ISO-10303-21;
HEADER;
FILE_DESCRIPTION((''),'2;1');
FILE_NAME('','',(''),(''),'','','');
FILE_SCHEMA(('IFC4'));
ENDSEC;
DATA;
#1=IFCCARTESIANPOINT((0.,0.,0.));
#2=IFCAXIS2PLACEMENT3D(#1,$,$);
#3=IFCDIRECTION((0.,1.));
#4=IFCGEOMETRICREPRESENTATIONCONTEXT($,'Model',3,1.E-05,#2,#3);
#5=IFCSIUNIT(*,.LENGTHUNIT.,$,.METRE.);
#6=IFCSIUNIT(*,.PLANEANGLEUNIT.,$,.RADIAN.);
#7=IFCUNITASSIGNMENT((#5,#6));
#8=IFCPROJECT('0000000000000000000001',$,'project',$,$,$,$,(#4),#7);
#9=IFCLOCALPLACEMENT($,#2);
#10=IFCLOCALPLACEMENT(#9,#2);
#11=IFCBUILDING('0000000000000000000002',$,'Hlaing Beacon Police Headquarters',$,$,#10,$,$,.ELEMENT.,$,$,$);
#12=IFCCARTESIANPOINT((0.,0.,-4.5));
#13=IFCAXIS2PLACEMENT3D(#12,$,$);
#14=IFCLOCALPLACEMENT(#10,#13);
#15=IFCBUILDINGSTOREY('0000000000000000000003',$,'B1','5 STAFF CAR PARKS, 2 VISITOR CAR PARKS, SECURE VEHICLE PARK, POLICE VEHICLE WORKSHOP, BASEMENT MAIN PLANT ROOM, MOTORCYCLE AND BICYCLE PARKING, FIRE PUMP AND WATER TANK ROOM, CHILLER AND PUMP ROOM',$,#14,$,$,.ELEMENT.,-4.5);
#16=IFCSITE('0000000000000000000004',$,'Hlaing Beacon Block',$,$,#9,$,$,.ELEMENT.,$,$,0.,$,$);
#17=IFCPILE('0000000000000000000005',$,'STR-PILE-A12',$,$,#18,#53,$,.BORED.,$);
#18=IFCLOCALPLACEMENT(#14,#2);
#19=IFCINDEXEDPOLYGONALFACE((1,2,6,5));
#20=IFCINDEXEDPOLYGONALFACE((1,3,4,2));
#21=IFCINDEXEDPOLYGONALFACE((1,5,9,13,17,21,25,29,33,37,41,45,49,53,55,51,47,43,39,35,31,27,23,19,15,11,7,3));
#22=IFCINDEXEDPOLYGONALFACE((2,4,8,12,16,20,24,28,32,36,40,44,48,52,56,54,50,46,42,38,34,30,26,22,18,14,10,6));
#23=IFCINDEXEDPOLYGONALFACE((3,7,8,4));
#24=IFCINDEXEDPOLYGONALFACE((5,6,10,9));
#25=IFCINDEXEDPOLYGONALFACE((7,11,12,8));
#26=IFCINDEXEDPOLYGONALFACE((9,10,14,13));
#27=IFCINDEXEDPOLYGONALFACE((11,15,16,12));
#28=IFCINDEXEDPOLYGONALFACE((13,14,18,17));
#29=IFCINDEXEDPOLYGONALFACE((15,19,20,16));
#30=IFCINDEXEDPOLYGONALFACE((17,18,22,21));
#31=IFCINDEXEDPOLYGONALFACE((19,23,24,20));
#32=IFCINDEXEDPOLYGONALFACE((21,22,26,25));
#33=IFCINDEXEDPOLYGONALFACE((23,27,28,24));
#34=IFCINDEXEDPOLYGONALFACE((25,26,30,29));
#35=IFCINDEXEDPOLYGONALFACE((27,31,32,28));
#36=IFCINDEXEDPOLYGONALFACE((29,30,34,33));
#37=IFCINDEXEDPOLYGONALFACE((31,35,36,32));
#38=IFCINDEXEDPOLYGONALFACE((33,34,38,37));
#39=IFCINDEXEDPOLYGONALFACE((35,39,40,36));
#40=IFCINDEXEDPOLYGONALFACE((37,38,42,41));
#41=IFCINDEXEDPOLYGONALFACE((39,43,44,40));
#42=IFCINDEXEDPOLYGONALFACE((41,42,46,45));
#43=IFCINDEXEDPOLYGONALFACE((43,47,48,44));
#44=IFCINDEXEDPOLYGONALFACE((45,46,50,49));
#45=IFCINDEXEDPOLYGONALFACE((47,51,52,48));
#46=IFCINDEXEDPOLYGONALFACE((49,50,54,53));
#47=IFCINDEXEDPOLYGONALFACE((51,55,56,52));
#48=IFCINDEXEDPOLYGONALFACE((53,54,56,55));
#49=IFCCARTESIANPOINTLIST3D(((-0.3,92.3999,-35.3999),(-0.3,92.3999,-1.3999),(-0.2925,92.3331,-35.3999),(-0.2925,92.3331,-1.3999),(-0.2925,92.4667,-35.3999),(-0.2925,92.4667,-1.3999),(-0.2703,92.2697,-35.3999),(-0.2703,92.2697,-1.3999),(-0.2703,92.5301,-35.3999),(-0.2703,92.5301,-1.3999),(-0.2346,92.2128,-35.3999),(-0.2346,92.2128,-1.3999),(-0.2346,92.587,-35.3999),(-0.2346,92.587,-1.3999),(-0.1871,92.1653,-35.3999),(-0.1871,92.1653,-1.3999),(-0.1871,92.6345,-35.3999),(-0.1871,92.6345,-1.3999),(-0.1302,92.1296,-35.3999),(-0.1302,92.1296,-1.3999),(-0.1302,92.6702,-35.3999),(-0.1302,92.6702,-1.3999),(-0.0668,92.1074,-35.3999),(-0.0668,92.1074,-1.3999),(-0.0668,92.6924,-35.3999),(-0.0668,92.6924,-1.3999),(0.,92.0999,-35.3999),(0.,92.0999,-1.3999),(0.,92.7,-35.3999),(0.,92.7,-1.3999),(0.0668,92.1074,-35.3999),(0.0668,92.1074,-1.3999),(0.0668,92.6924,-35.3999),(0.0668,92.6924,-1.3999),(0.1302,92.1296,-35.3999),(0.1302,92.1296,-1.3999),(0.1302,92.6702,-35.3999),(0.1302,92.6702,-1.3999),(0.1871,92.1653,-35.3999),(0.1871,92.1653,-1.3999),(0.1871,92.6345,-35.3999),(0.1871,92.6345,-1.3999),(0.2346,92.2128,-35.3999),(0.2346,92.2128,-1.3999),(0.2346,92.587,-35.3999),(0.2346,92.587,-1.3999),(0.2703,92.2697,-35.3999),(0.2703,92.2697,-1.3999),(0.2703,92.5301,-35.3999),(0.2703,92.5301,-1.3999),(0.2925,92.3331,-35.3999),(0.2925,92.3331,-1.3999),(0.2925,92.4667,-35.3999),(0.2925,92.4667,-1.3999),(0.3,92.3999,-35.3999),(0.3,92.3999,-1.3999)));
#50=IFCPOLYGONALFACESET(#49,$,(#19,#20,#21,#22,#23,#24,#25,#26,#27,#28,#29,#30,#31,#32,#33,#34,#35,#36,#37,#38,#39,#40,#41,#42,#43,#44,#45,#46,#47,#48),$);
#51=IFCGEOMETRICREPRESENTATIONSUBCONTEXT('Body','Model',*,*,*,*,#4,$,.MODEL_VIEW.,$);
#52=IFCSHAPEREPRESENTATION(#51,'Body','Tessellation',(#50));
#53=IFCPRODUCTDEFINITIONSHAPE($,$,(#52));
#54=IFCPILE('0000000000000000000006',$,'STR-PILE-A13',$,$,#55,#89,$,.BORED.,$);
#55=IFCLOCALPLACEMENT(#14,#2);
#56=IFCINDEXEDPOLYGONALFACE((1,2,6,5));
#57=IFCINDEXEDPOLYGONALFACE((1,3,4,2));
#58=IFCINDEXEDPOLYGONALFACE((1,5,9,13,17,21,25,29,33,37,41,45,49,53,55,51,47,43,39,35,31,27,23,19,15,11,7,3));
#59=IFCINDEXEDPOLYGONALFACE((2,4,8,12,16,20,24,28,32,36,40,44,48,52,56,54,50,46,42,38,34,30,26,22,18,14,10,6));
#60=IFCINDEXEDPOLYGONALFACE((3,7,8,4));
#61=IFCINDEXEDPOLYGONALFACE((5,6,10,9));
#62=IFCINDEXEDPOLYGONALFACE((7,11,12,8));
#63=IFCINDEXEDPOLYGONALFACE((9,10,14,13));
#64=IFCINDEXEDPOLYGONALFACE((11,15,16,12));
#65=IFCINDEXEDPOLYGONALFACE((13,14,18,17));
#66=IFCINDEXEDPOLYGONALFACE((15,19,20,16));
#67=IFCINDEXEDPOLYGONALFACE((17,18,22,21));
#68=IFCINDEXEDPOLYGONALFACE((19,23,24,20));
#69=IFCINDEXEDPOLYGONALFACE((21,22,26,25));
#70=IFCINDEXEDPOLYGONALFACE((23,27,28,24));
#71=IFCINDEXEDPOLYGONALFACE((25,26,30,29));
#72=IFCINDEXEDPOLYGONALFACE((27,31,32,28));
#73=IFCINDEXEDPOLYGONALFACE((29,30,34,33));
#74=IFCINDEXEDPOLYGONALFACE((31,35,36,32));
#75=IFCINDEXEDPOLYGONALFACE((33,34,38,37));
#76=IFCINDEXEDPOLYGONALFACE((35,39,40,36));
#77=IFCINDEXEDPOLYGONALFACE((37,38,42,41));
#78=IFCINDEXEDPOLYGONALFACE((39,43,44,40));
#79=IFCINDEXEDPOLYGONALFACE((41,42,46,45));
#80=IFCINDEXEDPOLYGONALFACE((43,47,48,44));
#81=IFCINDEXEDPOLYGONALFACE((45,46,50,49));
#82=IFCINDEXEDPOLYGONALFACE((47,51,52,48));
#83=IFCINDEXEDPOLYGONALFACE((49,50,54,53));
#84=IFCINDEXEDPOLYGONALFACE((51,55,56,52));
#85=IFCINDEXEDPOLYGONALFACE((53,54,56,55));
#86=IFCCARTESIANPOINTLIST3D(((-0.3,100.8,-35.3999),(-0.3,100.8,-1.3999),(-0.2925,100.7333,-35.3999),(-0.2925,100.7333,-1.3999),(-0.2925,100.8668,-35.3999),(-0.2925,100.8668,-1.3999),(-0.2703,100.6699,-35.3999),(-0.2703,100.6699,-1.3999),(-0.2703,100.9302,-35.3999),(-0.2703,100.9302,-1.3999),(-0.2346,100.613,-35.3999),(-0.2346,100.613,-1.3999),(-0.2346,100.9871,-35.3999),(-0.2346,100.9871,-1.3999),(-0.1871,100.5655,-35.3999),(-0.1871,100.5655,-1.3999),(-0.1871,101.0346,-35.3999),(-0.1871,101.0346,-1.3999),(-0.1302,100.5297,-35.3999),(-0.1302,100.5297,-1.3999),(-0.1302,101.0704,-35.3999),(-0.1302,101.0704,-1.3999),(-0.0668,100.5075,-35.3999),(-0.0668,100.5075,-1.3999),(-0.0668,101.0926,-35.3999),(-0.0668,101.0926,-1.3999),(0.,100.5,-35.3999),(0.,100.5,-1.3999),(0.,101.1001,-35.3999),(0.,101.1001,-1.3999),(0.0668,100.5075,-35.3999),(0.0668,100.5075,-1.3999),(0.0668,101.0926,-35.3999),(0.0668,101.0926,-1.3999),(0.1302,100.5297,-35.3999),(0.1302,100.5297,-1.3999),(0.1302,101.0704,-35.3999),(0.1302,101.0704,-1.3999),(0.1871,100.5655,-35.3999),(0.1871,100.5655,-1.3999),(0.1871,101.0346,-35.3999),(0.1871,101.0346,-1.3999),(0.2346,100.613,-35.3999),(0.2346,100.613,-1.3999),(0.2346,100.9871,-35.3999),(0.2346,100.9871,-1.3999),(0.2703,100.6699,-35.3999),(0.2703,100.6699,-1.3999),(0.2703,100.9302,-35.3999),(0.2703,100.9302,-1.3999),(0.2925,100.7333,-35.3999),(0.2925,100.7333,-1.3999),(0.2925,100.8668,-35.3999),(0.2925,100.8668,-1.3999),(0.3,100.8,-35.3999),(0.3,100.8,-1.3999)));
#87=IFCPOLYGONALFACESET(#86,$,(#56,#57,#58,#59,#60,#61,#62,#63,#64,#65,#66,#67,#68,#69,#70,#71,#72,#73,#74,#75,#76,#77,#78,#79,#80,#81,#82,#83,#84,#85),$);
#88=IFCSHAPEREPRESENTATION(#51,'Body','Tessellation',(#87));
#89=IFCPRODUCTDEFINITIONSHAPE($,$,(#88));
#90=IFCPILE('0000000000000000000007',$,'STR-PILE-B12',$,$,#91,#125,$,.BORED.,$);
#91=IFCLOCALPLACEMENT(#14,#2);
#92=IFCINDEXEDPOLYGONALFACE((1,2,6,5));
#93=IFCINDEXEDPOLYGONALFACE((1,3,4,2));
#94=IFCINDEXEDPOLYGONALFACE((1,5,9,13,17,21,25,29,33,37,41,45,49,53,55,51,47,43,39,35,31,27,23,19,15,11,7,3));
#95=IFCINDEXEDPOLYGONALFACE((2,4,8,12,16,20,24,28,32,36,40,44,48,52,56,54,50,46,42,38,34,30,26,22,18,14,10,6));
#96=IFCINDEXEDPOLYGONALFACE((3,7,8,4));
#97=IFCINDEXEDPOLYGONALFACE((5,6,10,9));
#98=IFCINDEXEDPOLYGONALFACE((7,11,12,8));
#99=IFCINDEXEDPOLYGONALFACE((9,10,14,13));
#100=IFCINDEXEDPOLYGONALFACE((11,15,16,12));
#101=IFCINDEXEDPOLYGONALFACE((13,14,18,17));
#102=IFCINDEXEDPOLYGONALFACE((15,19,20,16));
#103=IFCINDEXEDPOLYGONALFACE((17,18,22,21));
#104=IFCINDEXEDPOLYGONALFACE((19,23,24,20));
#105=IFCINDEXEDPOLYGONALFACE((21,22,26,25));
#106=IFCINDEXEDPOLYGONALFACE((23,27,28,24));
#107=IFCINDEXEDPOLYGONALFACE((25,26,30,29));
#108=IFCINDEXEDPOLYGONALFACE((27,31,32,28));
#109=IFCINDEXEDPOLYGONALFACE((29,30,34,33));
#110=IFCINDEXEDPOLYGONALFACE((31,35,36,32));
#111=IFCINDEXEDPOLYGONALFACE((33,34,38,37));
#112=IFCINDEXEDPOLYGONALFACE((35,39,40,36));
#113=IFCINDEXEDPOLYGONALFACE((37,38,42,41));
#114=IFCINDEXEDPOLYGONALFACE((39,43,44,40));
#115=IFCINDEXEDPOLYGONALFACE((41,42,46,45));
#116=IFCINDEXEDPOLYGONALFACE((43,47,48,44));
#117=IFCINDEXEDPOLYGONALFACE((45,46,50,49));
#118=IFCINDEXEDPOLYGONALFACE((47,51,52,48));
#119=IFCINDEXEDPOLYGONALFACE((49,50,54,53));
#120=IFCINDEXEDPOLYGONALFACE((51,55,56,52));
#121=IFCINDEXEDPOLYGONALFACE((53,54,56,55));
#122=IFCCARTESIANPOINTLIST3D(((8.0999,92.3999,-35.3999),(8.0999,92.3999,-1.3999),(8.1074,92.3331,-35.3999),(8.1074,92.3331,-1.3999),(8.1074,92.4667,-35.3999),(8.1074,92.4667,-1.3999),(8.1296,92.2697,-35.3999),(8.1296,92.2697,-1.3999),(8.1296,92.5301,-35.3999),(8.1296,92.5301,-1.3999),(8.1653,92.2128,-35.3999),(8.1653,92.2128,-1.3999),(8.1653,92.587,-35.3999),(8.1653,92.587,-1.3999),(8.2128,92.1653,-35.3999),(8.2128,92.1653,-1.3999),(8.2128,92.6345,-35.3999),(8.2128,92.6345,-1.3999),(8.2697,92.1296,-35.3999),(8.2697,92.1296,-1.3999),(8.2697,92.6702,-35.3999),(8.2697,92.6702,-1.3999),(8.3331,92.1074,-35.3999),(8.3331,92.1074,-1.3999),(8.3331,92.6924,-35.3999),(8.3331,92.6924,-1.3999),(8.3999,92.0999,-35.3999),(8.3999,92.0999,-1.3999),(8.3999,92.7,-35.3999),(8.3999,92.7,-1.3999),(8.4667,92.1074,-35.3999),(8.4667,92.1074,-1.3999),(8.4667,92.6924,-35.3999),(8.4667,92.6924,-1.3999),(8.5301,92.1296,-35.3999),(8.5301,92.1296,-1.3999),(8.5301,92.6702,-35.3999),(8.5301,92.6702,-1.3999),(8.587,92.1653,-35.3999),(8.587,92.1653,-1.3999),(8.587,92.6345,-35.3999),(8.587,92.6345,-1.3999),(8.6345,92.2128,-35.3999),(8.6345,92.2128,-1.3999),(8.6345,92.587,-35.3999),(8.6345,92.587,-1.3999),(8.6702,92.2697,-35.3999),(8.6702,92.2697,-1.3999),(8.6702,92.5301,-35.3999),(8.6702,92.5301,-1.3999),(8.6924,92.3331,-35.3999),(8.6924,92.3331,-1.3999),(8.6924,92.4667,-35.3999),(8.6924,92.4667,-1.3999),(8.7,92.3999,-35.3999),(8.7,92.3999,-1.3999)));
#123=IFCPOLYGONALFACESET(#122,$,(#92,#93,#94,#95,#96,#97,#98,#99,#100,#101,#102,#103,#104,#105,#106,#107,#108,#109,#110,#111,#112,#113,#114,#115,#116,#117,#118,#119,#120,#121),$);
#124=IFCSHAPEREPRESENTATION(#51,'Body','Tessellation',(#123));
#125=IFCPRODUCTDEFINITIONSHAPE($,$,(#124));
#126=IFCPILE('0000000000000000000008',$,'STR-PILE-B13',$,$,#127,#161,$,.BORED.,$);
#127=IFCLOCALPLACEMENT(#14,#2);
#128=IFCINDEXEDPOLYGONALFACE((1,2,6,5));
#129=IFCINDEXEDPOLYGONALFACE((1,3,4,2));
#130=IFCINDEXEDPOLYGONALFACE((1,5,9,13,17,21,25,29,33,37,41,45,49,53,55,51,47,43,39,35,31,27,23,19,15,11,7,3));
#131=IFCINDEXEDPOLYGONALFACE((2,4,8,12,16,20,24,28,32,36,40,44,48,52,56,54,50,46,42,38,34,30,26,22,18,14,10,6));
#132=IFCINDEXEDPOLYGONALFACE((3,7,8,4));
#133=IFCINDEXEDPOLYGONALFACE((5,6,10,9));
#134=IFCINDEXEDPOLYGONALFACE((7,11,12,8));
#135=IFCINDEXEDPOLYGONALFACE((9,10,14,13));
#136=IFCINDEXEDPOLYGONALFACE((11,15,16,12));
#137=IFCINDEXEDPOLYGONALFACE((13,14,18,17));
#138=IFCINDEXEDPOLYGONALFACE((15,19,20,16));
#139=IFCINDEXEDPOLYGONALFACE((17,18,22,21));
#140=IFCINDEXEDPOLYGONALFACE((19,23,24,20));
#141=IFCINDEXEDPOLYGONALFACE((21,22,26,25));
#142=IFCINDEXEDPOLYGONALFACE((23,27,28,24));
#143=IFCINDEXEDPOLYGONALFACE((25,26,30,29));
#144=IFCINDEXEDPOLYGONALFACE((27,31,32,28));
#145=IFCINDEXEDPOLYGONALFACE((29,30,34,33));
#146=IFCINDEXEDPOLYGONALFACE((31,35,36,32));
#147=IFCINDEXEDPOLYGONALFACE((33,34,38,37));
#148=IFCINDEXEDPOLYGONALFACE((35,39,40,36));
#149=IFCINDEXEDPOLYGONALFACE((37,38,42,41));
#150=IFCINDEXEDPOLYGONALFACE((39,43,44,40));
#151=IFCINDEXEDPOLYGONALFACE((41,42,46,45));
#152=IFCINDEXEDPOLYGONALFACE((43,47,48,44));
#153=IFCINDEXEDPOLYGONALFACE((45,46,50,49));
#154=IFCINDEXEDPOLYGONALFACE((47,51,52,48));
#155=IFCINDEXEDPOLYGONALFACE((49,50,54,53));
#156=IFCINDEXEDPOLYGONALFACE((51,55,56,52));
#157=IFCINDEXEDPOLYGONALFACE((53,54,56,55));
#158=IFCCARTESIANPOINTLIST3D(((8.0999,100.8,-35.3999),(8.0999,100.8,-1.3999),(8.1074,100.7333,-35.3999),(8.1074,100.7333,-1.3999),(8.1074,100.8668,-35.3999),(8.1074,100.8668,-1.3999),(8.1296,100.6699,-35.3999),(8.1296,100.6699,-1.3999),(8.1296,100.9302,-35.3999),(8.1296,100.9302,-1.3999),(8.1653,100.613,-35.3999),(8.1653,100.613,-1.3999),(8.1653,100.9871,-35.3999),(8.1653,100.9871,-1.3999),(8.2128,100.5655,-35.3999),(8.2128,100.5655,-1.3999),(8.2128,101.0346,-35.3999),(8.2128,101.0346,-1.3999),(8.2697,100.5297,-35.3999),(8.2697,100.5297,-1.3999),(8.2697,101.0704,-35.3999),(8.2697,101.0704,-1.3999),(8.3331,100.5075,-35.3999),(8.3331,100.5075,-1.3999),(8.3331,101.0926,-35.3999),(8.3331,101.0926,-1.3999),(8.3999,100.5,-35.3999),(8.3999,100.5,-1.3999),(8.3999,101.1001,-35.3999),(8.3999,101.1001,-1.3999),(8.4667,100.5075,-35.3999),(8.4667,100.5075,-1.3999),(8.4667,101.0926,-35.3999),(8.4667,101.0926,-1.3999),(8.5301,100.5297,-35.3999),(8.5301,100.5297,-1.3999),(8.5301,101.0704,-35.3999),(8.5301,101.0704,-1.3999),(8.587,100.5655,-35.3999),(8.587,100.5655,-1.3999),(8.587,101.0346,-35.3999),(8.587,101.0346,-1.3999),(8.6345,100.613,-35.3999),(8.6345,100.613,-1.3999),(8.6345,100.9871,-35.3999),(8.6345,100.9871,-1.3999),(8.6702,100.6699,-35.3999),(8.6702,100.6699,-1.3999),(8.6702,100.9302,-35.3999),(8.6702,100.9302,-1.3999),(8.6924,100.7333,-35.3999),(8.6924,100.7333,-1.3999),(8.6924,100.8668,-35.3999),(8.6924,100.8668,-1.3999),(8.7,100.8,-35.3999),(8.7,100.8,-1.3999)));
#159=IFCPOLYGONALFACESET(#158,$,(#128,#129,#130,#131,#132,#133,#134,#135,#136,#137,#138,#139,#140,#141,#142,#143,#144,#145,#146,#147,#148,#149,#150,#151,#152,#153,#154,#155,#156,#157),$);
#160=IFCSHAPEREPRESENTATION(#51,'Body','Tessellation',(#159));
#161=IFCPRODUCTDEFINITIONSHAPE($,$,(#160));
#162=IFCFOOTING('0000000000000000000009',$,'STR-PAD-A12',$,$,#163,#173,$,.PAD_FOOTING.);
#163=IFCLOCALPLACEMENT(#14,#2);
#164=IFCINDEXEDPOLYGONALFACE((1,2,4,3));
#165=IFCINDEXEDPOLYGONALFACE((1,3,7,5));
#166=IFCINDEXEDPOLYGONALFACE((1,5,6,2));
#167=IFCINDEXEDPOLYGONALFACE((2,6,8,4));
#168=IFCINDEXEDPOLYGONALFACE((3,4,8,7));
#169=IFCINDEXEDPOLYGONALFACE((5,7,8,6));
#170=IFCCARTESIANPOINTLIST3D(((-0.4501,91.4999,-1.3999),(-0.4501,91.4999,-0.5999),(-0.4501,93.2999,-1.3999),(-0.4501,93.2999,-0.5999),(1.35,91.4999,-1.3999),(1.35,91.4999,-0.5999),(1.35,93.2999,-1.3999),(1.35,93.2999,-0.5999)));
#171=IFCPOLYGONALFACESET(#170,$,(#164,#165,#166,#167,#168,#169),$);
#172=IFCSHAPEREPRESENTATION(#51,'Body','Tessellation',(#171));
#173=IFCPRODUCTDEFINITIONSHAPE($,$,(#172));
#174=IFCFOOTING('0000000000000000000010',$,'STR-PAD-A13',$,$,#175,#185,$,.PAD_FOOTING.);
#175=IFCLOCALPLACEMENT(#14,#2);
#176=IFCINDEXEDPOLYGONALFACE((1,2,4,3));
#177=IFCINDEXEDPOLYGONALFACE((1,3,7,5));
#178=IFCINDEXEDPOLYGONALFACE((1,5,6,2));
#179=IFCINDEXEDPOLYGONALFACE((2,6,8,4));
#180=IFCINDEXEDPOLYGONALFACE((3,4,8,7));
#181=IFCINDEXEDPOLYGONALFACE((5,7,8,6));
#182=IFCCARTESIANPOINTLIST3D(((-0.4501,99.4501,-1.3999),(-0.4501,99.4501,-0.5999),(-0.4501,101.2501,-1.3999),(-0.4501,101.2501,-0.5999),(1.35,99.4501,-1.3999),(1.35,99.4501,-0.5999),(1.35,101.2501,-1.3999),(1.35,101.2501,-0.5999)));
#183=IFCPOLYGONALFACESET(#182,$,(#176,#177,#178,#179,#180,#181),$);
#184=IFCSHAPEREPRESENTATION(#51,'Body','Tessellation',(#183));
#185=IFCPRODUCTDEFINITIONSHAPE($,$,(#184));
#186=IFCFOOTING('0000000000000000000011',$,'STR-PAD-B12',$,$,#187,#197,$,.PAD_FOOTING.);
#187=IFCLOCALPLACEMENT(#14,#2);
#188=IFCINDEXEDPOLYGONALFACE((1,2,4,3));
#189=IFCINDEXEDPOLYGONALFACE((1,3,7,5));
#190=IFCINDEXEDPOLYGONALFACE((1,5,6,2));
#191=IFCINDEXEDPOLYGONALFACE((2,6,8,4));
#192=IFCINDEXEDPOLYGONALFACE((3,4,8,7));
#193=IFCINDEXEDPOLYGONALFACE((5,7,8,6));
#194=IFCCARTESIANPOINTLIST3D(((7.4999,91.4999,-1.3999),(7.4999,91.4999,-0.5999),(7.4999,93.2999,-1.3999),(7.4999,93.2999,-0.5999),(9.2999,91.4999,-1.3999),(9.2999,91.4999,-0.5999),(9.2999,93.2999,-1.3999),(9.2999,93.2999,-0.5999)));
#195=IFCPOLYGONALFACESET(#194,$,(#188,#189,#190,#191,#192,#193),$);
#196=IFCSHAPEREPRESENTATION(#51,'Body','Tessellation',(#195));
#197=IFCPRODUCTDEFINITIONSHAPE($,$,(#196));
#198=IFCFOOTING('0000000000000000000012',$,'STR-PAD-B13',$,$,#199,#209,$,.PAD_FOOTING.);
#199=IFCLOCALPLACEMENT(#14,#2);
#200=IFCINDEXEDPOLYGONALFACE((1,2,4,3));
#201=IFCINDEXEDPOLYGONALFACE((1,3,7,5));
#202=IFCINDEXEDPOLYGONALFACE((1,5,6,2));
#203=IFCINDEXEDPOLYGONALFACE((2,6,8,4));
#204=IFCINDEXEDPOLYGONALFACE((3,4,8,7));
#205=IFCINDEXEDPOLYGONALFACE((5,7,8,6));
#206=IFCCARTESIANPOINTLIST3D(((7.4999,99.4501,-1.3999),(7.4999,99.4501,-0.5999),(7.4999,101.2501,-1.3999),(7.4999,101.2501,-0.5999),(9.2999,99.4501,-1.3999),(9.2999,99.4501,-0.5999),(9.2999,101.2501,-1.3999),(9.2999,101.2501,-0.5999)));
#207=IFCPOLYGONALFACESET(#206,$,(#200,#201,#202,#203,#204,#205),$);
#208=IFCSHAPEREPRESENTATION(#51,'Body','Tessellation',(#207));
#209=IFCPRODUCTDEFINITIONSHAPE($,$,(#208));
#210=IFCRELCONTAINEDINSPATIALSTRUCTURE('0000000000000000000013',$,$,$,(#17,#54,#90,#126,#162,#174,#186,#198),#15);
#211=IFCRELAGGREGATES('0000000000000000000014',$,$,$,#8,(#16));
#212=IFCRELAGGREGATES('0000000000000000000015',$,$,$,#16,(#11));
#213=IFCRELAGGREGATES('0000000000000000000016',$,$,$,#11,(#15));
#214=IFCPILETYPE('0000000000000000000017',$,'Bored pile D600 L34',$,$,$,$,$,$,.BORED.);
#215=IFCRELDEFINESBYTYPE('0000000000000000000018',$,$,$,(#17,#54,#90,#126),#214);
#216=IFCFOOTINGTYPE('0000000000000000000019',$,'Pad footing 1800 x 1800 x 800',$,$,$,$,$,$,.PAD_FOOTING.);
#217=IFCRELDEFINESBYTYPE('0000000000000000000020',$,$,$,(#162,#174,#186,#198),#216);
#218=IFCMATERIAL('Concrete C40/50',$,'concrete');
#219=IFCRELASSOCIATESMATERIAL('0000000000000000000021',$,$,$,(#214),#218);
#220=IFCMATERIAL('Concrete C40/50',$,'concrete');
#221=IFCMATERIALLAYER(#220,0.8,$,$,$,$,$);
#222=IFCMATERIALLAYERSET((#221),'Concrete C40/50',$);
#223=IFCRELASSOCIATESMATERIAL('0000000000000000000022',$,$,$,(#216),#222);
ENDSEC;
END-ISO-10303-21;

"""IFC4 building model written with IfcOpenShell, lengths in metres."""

from ifc_helpers import new_model, si_unit, direction, frame, origin, origin_2d, place, context, subcontext, project, spatial, rectangle, circle, extrude, material, layer, layer_set, material_profile, profile_set, type_object, element, save


model = new_model("IFC4")

# Units and contexts
model_context = context("Model", 3, precision=1e-05, world=origin(), true_north=direction((0.0, 1.0)))
body_context = subcontext(model_context, "Body", "Model", "MODEL_VIEW")
ifc_project = project(units=[si_unit("LENGTHUNIT", "METRE"), si_unit("PLANEANGLEUNIT", "RADIAN")], contexts=[model_context])

# Site, building, storey
site_placement = place(None, origin())
site = spatial("IfcSite", under=ifc_project, at=site_placement, Name="Hlaing Beacon Block", CompositionType="ELEMENT", RefElevation=0.0)
building_placement = place(site_placement, origin())
building = spatial("IfcBuilding", under=site, at=building_placement, Name="Hlaing Beacon Police Headquarters", CompositionType="ELEMENT")
storey_placement = place(building_placement, frame((0.0, 0.0, -4.5)))
storey = spatial("IfcBuildingStorey", under=building, at=storey_placement, Name="B1", Description="5 STAFF CAR PARKS, 2 VISITOR CAR PARKS, SECURE VEHICLE PARK, POLICE VEHICLE WORKSHOP, BASEMENT MAIN PLANT ROOM, MOTORCYCLE AND BICYCLE PARKING, FIRE PUMP AND WATER TANK ROOM, CHILLER AND PUMP ROOM", CompositionType="ELEMENT", Elevation=-4.5)

# Piles
ifc_material_1 = material(Name="Concrete C40/50", Category="concrete")
ifc_material_profile_1 = material_profile(ifc_material_1, circle(Radius=0.3, at=origin_2d()), Name="D600")
ifc_profile_set_1 = profile_set([ifc_material_profile_1], Name="Concrete C40/50")
pile_type = type_object("IfcPileType", Name="Bored pile D600 L34", PredefinedType="BORED", material=ifc_profile_set_1)
for number, where, z_axis, x_axis, name in (
    (1, (0.0, 92.3999, -1.3999), (0.0, 0.0, -1.0), (1.0, 0.0, 0.0), "STR-PILE-A12"),
    (2, (0.0, 100.8, -1.3999), (0.0, 0.0, -1.0), (1.0, 0.0, 0.0), "STR-PILE-A13"),
    (3, (8.3999, 92.3999, -1.3999), (0.0, 0.0, -1.0), (1.0, 0.0, 0.0), "STR-PILE-B12"),
    (4, (8.3999, 100.8, -1.3999), (0.0, 0.0, -1.0), (1.0, 0.0, 0.0), "STR-PILE-B13"),
):
    element("IfcPile", number, at=place(storey_placement, frame(where, z_axis=z_axis, x_axis=x_axis)), inside=storey, type_object=pile_type, Name=name, PredefinedType="BORED", context=body_context, shape_type="SweptSolid", body=[
        extrude(circle(Radius=0.3, at=origin_2d()), origin(), (0.0, 0.0, 1.0), 34.0),
    ])

# Footings
ifc_material_2 = material(Name="Concrete C40/50", Category="concrete")
ifc_layer_1 = layer(ifc_material_2, 0.8)
ifc_layer_set_1 = layer_set([ifc_layer_1], Name="Concrete C40/50")
footing_type_1 = type_object("IfcFootingType", Name="Pad footing 1800 x 1800 x 800", PredefinedType="PAD_FOOTING", material=ifc_layer_set_1)
for number, where, z_axis, x_axis, name in (
    (5, (0.45, 92.3999, -1.3999), (0.0, 0.0, 1.0), (1.0, 0.0, 0.0), "STR-PAD-A12"),
    (6, (0.45, 100.3501, -1.3999), (0.0, 0.0, 1.0), (1.0, 0.0, 0.0), "STR-PAD-A13"),
    (7, (8.3999, 92.3999, -1.3999), (0.0, 0.0, 1.0), (1.0, 0.0, 0.0), "STR-PAD-B12"),
    (8, (8.3999, 100.3501, -1.3999), (0.0, 0.0, 1.0), (1.0, 0.0, 0.0), "STR-PAD-B13"),
):
    element("IfcFooting", number, at=place(storey_placement, frame(where, z_axis=z_axis, x_axis=x_axis)), inside=storey, type_object=footing_type_1, Name=name, PredefinedType="PAD_FOOTING", context=body_context, shape_type="SweptSolid", body=[
        extrude(rectangle(XDim=1.8, YDim=1.8, at=origin_2d()), origin(), (0.0, 0.0, 1.0), 0.8),
    ])

save(model, "model.ifc")
